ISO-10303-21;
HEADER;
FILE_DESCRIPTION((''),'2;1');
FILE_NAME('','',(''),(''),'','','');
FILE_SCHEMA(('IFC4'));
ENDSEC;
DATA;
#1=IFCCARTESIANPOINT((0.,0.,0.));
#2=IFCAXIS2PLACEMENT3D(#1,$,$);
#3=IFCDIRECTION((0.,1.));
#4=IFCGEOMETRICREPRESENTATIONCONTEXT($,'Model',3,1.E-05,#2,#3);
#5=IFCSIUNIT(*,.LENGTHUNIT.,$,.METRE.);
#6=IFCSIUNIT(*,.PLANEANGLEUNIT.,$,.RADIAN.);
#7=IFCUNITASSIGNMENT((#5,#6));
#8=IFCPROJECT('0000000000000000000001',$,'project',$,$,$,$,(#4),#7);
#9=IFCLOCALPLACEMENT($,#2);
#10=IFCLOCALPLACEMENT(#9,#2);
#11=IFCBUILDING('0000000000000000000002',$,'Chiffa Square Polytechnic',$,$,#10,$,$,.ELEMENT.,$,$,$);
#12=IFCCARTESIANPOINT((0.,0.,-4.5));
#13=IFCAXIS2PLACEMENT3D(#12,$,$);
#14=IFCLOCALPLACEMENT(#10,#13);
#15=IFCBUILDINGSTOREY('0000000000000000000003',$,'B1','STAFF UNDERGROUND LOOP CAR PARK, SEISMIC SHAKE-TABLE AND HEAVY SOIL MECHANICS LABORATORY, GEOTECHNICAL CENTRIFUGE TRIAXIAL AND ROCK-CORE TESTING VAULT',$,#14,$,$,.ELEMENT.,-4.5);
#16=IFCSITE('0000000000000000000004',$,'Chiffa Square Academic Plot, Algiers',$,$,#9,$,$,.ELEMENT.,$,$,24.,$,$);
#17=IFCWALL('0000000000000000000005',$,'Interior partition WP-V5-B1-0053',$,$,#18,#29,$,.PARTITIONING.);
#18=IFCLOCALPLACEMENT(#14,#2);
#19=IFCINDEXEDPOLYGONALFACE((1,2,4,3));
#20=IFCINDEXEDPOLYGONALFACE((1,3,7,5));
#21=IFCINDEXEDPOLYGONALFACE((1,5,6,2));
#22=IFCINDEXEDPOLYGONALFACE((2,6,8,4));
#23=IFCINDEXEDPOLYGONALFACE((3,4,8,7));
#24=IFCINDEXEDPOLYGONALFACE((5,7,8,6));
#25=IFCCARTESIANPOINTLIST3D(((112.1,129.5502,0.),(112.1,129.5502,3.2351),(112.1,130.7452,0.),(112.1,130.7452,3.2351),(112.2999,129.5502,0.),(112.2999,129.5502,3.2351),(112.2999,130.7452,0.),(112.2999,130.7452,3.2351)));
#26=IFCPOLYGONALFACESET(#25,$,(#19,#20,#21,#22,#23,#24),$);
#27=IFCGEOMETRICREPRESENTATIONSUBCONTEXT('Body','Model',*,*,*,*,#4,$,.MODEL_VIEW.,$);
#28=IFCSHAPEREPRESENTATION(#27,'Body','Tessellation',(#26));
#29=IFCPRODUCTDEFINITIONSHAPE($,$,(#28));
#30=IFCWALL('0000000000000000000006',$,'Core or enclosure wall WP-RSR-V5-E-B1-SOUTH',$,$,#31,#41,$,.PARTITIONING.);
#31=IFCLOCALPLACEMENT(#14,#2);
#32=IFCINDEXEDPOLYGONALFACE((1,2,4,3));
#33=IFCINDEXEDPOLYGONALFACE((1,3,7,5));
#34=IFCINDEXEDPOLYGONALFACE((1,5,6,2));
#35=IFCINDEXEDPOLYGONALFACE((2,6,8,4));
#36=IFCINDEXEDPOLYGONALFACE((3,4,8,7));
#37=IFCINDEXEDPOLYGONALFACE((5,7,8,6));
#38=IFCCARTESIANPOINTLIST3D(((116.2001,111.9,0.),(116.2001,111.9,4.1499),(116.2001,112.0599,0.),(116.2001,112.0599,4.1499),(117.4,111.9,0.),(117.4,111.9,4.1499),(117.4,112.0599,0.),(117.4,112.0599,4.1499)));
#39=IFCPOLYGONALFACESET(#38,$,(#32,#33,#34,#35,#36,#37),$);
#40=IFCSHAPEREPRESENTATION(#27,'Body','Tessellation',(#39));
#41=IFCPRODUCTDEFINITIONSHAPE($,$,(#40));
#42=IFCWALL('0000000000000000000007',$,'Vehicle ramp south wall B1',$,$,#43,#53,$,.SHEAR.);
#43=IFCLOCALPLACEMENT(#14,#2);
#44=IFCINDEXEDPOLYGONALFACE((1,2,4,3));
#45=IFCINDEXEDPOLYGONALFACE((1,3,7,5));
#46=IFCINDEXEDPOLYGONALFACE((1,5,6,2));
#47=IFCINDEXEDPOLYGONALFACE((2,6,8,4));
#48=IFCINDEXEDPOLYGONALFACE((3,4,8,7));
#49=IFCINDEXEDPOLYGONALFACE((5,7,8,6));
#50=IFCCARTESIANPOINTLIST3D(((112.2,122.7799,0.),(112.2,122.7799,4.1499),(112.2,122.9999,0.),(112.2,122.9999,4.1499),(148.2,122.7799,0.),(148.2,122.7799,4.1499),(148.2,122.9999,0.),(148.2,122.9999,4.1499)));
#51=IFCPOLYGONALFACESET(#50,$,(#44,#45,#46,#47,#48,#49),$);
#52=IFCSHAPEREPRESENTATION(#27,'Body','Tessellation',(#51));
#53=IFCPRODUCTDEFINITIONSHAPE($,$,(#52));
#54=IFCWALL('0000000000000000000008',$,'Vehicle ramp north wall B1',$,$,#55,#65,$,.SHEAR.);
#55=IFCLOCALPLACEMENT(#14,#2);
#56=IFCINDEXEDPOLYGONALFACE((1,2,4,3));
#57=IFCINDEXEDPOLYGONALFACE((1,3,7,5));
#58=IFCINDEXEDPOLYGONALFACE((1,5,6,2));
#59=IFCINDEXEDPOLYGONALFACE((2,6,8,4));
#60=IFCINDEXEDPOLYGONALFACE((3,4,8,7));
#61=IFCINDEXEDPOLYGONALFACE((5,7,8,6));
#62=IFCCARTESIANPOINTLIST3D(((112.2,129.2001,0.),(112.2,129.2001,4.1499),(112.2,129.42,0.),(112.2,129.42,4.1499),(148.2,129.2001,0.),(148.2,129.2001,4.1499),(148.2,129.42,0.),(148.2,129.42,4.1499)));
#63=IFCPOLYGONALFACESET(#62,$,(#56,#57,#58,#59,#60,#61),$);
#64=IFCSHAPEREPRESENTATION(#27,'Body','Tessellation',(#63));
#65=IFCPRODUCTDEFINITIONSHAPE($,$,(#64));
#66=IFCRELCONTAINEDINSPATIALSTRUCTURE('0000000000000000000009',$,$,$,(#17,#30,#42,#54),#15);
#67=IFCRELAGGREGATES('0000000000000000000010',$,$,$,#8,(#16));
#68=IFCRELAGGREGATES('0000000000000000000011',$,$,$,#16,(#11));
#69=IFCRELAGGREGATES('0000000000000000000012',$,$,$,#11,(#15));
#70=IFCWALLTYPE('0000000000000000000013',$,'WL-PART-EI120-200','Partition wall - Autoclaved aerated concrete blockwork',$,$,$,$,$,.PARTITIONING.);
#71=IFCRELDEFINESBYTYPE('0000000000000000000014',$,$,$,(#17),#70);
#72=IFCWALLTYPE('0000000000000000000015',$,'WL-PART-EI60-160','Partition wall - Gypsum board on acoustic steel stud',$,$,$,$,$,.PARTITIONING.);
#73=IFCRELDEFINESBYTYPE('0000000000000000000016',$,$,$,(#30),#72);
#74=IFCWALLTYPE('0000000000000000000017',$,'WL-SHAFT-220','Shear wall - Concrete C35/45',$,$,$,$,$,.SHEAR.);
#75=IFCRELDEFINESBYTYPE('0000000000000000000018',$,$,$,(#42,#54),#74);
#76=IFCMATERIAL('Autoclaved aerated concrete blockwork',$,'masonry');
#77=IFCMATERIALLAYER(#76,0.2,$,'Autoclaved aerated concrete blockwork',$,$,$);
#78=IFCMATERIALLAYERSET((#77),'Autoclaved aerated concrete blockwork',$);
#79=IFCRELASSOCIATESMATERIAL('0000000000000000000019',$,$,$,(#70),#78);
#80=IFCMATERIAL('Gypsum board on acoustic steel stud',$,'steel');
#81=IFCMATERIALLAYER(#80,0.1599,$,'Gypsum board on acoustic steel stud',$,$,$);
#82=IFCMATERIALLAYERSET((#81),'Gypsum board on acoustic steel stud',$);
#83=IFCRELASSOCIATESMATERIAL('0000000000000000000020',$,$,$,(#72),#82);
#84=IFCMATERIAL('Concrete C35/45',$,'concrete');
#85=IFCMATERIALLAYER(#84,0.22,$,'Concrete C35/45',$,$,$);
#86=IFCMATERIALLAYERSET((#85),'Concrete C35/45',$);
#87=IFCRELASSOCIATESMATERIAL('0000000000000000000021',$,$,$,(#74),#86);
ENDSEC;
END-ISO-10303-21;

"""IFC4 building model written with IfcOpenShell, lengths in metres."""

from ifc_helpers import new_model, si_unit, direction, frame, frame_2d, origin, place, context, subcontext, project, spatial, rectangle, extrude, material, layer, layer_set, type_object, element, save


model = new_model("IFC4")

# Units and contexts
model_context = context("Model", 3, precision=1e-05, world=origin(), true_north=direction((0.0, 1.0)))
body_context = subcontext(model_context, "Body", "Model", "MODEL_VIEW")
ifc_project = project(units=[si_unit("LENGTHUNIT", "METRE"), si_unit("PLANEANGLEUNIT", "RADIAN")], contexts=[model_context])

# Site, building, storey
site_placement = place(None, origin())
site = spatial("IfcSite", under=ifc_project, at=site_placement, Name="Chiffa Square Academic Plot, Algiers", CompositionType="ELEMENT", RefElevation=24.0)
building_placement = place(site_placement, origin())
building = spatial("IfcBuilding", under=site, at=building_placement, Name="Chiffa Square Polytechnic", CompositionType="ELEMENT")
storey_placement = place(building_placement, frame((0.0, 0.0, -4.5)))
storey = spatial("IfcBuildingStorey", under=building, at=storey_placement, Name="B1", Description="STAFF UNDERGROUND LOOP CAR PARK, SEISMIC SHAKE-TABLE AND HEAVY SOIL MECHANICS LABORATORY, GEOTECHNICAL CENTRIFUGE TRIAXIAL AND ROCK-CORE TESTING VAULT", CompositionType="ELEMENT", Elevation=-4.5)

# Shared definitions
ifc_material_1 = material(Name="Concrete C35/45", Category="concrete")

# Walls
ifc_material_2 = material(Name="Autoclaved aerated concrete blockwork", Category="masonry")
ifc_layer_1 = layer(ifc_material_2, 0.2, Name="Autoclaved aerated concrete blockwork")
ifc_layer_set_1 = layer_set([ifc_layer_1], Name="Autoclaved aerated concrete blockwork")
wall_type_1 = type_object("IfcWallType", Name="WL-PART-EI120-200", Description="Partition wall - Autoclaved aerated concrete blockwork", PredefinedType="PARTITIONING", material=ifc_layer_set_1)
wall_1_placement = place(storey_placement, frame((112.2, 129.55, 0.0), z_axis=(0.0, 0.0, 1.0), x_axis=(0.0, 1.0, 0.0)))
element("IfcWall", 1, at=wall_1_placement, inside=storey, type_object=wall_type_1, Name="Interior partition WP-V5-B1-0053", PredefinedType="PARTITIONING", context=body_context, shape_type="SweptSolid", body=[
    extrude(rectangle(XDim=1.1951, YDim=0.2, at=frame_2d((0.5977, 0.0))), origin(), (0.0, 0.0, 1.0), 3.2351),
])
ifc_material_3 = material(Name="Gypsum board on acoustic steel stud", Category="steel")
ifc_layer_2 = layer(ifc_material_3, 0.1599, Name="Gypsum board on acoustic steel stud")
ifc_layer_set_2 = layer_set([ifc_layer_2], Name="Gypsum board on acoustic steel stud")
wall_type_2 = type_object("IfcWallType", Name="WL-PART-EI60-160", Description="Partition wall - Gypsum board on acoustic steel stud", PredefinedType="PARTITIONING", material=ifc_layer_set_2)
wall_2_placement = place(storey_placement, frame((116.2, 111.98, 0.0), z_axis=(0.0, 0.0, 1.0), x_axis=(1.0, 0.0, 0.0)))
element("IfcWall", 2, at=wall_2_placement, inside=storey, type_object=wall_type_2, Name="Core or enclosure wall WP-RSR-V5-E-B1-SOUTH", PredefinedType="PARTITIONING", context=body_context, shape_type="SweptSolid", body=[
    extrude(rectangle(XDim=1.2, YDim=0.1599, at=frame_2d((0.6001, 0.0))), origin(), (0.0, 0.0, 1.0), 4.1499),
])
ifc_layer_3 = layer(ifc_material_1, 0.22, Name="Concrete C35/45")
ifc_layer_set_3 = layer_set([ifc_layer_3], Name="Concrete C35/45")
wall_type_3 = type_object("IfcWallType", Name="WL-SHAFT-220", Description="Shear wall - Concrete C35/45", PredefinedType="SHEAR", material=ifc_layer_set_3)
for number, where, z_axis, x_axis, name in (
    (3, (112.2, 122.8899, 0.0), (0.0, 0.0, 1.0), (1.0, 0.0, 0.0), "Vehicle ramp south wall B1"),
    (4, (112.2, 129.3101, 0.0), (0.0, 0.0, 1.0), (1.0, 0.0, 0.0), "Vehicle ramp north wall B1"),
):
    element("IfcWall", number, at=place(storey_placement, frame(where, z_axis=z_axis, x_axis=x_axis)), inside=storey, type_object=wall_type_3, Name=name, PredefinedType="SHEAR", context=body_context, shape_type="SweptSolid", body=[
        extrude(rectangle(XDim=36.0, YDim=0.22, at=frame_2d((18.0, 0.0))), origin(), (0.0, 0.0, 1.0), 4.1499),
    ])

save(model, "model.ifc")
